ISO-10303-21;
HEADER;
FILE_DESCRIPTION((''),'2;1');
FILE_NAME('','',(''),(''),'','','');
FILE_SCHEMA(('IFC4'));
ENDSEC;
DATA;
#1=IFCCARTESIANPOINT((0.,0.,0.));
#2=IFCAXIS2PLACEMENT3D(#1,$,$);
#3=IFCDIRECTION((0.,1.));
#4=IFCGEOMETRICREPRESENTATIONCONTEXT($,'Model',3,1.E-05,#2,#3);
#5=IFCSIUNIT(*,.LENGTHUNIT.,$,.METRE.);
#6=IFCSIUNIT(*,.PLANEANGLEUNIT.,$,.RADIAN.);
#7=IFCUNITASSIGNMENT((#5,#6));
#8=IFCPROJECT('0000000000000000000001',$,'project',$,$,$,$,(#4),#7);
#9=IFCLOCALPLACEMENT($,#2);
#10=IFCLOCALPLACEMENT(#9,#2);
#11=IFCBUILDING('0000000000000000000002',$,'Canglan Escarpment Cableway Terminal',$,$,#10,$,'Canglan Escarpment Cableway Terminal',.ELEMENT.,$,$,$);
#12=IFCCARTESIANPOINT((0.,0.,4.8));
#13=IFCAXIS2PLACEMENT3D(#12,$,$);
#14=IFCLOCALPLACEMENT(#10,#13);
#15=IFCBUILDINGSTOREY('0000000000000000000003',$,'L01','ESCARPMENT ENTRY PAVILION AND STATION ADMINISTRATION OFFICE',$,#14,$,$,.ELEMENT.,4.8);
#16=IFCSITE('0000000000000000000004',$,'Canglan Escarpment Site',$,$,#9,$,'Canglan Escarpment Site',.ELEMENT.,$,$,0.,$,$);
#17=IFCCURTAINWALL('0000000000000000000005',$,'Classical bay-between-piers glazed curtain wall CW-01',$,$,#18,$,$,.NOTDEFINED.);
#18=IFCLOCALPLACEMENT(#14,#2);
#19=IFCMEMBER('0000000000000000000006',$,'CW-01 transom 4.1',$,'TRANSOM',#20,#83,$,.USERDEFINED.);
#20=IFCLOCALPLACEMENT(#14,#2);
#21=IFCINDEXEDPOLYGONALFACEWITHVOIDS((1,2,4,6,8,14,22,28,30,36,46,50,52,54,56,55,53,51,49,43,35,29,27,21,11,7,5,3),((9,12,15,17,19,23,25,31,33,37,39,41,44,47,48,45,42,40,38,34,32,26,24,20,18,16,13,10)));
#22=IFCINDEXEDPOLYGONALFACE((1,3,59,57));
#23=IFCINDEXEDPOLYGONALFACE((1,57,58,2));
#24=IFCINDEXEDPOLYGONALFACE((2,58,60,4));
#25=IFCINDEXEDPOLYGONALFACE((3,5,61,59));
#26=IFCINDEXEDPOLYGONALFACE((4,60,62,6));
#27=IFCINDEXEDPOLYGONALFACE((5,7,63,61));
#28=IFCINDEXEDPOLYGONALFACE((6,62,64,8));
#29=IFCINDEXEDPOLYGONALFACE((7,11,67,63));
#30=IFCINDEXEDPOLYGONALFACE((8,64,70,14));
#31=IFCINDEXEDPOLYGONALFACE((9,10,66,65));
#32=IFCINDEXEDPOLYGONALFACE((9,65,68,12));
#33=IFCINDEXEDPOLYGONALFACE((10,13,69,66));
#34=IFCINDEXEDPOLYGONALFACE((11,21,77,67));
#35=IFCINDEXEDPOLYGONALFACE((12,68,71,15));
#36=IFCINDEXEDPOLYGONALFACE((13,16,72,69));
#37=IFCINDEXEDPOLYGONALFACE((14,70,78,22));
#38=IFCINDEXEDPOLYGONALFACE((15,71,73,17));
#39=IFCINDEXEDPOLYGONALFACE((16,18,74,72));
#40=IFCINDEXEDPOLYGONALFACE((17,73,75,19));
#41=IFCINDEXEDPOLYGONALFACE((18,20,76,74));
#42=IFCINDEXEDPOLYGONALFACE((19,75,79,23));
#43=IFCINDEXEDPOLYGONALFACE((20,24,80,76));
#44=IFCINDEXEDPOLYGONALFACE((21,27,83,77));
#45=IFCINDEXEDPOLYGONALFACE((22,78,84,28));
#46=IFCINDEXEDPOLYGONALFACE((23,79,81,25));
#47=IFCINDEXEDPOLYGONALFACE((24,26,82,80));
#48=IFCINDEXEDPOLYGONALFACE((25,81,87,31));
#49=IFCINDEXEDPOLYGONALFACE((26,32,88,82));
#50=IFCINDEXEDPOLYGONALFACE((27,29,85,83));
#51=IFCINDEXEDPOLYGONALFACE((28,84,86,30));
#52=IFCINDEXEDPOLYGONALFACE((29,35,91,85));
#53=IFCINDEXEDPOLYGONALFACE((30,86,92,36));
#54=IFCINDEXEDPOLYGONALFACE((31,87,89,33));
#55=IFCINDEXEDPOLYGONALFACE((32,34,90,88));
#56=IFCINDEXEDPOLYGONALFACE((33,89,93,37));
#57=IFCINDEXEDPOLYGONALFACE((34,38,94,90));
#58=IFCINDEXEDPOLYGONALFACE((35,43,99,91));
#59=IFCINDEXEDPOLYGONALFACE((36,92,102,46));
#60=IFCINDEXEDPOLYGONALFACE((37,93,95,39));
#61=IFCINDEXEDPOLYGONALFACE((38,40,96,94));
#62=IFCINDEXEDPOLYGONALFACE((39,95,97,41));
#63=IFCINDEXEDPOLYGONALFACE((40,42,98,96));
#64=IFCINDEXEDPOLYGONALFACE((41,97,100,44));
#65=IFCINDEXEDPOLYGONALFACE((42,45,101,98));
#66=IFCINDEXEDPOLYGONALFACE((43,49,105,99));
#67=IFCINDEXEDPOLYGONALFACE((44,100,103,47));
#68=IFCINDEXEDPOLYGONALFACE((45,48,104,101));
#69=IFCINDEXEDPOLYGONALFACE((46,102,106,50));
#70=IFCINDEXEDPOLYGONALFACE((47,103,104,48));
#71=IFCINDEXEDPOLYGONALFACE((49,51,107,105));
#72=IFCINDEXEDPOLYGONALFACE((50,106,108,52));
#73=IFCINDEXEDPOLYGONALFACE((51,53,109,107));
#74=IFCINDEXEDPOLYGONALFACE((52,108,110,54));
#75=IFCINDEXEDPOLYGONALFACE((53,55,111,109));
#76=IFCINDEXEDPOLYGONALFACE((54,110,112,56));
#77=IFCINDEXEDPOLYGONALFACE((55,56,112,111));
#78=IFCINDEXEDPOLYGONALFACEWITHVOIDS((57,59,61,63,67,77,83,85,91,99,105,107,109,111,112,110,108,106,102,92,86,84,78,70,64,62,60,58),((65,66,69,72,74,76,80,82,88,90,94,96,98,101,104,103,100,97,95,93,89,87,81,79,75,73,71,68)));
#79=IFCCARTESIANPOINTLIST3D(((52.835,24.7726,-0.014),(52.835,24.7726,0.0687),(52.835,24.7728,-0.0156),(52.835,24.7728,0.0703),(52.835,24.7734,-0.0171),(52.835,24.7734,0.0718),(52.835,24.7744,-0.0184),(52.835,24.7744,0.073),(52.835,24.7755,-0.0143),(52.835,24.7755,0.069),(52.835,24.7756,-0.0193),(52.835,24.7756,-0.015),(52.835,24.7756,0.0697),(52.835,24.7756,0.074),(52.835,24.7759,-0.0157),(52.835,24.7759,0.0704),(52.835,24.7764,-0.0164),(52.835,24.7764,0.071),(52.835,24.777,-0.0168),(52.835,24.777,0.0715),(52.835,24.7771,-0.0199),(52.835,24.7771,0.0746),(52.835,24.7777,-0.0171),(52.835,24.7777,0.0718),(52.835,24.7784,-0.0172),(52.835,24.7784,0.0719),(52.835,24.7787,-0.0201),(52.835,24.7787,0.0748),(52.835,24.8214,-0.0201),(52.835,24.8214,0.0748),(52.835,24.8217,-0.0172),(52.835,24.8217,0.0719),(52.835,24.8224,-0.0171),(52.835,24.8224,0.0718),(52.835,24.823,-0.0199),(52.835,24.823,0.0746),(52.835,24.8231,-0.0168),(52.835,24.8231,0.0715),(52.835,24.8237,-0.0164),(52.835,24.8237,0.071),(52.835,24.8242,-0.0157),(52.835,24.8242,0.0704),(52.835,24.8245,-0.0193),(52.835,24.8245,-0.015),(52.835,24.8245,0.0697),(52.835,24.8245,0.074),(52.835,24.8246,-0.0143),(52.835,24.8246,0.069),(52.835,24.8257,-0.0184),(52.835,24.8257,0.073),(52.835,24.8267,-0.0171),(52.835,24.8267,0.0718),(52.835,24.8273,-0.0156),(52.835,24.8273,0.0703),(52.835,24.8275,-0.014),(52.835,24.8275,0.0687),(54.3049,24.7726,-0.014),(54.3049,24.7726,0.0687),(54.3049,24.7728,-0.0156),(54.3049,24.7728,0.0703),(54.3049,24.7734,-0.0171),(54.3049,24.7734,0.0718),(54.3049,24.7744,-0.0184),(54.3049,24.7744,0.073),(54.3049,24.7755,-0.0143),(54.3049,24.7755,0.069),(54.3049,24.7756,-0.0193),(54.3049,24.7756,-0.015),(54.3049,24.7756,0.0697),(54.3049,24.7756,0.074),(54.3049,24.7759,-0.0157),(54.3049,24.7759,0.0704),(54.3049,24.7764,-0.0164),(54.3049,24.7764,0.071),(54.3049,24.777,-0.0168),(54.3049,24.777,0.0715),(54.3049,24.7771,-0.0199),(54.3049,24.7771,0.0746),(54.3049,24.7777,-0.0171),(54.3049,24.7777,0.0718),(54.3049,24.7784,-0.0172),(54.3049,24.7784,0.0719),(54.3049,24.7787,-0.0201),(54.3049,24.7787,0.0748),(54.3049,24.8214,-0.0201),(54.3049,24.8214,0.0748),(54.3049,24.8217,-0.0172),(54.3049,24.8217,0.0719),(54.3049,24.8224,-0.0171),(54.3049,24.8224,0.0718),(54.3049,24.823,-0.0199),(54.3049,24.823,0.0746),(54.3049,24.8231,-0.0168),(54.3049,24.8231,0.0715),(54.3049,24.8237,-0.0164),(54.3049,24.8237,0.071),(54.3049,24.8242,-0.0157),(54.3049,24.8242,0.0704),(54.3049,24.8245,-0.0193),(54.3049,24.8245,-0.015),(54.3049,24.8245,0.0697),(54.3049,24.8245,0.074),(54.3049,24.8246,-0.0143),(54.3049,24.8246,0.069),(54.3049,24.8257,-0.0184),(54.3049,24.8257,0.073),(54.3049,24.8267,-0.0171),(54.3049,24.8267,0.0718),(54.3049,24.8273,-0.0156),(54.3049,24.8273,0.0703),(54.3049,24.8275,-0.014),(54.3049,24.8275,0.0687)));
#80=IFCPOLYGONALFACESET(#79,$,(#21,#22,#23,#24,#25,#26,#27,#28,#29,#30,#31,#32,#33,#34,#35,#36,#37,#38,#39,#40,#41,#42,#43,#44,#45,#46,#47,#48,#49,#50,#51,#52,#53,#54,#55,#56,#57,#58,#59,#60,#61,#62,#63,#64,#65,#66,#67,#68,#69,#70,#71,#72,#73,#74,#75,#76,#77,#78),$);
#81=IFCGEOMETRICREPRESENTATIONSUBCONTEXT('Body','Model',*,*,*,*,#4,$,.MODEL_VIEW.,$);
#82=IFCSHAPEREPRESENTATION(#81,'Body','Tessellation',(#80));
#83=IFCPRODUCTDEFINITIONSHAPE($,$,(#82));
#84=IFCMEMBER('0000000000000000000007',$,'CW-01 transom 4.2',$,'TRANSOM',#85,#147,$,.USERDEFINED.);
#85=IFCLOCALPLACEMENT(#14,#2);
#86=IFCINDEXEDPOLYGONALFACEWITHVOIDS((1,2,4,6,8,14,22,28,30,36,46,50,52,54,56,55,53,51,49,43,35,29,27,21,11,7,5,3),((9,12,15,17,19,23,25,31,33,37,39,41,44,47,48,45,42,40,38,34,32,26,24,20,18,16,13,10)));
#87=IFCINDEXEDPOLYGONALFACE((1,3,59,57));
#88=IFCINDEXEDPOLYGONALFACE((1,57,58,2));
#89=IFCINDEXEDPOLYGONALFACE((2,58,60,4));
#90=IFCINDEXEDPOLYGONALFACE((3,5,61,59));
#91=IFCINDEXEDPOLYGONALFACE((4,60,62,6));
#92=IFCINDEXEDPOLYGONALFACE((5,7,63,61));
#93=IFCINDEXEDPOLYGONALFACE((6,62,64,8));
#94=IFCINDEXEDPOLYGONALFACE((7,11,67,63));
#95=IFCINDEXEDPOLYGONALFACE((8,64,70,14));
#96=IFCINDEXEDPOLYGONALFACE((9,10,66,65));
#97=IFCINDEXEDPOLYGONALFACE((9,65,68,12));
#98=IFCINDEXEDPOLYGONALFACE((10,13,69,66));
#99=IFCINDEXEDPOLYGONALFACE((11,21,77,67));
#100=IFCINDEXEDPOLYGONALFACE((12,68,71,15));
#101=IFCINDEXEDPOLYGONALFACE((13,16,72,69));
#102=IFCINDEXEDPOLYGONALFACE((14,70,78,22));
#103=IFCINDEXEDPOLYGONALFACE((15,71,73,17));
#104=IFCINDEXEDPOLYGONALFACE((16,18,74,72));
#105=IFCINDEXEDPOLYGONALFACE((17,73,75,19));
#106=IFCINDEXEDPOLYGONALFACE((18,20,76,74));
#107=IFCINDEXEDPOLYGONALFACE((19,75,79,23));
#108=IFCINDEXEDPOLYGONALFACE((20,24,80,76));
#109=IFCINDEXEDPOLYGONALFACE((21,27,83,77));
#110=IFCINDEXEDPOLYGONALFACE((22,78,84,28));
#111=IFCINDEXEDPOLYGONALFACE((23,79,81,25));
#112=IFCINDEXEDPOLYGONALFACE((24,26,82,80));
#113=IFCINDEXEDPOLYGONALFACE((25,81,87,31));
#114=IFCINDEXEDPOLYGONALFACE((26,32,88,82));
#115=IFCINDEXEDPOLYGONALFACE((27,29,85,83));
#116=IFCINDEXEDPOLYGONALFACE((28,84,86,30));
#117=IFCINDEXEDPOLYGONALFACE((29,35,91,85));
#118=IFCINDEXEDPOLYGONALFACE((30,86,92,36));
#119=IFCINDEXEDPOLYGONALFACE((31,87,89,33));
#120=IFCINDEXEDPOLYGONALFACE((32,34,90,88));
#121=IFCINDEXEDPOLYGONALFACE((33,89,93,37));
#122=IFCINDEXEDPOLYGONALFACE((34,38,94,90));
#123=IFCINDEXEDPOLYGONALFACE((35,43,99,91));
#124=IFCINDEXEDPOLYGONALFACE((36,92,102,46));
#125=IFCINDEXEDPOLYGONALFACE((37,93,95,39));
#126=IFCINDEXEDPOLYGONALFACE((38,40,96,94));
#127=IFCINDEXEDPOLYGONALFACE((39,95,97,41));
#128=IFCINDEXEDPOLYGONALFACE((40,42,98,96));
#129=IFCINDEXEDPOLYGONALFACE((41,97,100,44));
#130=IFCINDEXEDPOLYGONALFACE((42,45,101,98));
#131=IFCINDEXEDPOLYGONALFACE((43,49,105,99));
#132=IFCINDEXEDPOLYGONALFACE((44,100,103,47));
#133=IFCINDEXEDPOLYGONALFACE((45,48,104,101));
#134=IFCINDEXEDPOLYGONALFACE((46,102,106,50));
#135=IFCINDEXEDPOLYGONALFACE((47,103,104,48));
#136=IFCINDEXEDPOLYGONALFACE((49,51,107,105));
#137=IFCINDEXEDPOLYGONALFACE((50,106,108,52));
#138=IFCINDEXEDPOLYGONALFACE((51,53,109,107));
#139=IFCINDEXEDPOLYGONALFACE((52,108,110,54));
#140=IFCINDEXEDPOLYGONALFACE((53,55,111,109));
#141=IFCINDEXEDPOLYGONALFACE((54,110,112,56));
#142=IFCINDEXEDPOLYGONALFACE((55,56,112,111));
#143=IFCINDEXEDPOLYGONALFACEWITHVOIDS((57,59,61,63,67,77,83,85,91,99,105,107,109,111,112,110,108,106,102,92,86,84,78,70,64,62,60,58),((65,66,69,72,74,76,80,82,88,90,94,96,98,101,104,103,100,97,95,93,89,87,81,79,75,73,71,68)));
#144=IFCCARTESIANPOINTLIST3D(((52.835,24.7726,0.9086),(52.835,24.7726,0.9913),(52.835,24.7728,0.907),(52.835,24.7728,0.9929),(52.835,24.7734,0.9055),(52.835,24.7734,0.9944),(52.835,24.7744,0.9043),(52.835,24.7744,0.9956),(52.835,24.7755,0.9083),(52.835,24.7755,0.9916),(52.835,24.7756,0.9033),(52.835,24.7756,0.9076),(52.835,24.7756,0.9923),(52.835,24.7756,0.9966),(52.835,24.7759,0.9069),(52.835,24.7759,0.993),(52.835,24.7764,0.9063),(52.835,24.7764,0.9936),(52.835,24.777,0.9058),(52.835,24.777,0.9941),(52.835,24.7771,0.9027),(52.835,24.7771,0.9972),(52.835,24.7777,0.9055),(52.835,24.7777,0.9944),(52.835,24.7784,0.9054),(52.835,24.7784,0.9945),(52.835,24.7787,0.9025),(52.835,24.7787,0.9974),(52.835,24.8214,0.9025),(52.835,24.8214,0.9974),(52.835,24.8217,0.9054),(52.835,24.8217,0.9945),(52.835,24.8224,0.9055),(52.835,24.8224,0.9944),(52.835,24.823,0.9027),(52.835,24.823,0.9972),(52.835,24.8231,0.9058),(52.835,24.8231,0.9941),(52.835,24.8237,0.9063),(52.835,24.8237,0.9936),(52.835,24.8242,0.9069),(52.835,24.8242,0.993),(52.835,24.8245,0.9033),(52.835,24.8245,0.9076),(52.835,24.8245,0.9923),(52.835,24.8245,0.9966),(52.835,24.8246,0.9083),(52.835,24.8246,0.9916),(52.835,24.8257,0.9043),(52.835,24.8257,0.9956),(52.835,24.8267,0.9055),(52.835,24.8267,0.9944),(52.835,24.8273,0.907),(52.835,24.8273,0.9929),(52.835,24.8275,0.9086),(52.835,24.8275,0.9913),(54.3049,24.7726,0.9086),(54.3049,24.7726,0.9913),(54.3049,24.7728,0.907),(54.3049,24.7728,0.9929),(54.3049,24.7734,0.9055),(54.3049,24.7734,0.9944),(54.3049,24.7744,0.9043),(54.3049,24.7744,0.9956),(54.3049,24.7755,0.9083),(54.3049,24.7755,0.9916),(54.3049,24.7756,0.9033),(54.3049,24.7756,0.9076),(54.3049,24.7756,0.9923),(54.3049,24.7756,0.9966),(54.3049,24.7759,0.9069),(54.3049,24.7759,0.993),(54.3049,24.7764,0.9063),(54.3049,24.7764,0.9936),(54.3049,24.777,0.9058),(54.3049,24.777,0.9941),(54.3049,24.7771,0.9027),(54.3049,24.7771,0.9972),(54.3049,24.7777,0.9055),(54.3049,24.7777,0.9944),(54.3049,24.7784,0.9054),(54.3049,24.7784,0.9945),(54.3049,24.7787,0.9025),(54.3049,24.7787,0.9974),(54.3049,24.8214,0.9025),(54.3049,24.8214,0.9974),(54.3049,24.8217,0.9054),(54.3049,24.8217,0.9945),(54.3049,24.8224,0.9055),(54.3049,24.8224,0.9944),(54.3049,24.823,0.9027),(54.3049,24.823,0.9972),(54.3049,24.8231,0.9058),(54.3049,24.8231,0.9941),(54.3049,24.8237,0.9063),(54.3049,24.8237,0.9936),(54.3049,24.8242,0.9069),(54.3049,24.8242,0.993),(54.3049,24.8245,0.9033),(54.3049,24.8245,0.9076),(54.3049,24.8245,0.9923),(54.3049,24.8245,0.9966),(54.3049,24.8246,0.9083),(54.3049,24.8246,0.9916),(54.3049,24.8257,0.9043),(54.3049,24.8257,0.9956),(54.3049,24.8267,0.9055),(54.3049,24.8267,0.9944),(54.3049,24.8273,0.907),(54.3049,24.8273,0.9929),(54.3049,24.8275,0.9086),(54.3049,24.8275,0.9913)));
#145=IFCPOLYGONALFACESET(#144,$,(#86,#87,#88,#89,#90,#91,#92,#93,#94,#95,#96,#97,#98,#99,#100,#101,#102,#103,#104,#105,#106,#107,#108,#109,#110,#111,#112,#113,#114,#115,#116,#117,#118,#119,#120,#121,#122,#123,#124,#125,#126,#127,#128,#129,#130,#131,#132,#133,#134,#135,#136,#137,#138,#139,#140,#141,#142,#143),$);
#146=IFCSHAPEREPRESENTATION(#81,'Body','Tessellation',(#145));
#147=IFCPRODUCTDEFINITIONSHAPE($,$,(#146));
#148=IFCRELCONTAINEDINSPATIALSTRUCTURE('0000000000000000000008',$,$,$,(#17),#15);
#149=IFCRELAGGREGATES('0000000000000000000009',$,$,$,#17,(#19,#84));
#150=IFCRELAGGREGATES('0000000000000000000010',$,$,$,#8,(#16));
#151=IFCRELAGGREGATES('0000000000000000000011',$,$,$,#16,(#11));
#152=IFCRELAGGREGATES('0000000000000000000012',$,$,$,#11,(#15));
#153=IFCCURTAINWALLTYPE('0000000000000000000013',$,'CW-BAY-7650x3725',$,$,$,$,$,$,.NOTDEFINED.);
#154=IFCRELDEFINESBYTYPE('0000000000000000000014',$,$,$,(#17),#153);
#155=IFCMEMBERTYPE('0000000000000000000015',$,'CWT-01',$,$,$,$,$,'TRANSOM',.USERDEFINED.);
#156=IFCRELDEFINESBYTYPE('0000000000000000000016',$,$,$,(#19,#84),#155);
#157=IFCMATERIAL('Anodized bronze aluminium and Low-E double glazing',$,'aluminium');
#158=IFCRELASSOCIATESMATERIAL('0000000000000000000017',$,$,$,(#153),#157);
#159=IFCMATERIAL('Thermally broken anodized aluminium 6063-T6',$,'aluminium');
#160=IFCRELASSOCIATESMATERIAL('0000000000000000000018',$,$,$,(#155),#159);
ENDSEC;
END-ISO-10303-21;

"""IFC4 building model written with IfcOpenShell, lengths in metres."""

from ifc_helpers import new_model, si_unit, direction, frame, origin, origin_2d, place, context, subcontext, project, spatial, hollow_rectangle, extrude, material, material_profile, profile_set, type_object, element, aggregate, save


model = new_model("IFC4")

# Units and contexts
model_context = context("Model", 3, precision=1e-05, world=origin(), true_north=direction((0.0, 1.0)))
body_context = subcontext(model_context, "Body", "Model", "MODEL_VIEW")
ifc_project = project(units=[si_unit("LENGTHUNIT", "METRE"), si_unit("PLANEANGLEUNIT", "RADIAN")], contexts=[model_context])

# Site, building, storey
site_placement = place(None, origin())
site = spatial("IfcSite", under=ifc_project, at=site_placement, Name="Canglan Escarpment Site", LongName="Canglan Escarpment Site", CompositionType="ELEMENT", RefElevation=0.0)
building_placement = place(site_placement, origin())
building = spatial("IfcBuilding", under=site, at=building_placement, Name="Canglan Escarpment Cableway Terminal", LongName="Canglan Escarpment Cableway Terminal", CompositionType="ELEMENT")
storey_placement = place(building_placement, frame((0.0, 0.0, 4.8)))
storey = spatial("IfcBuildingStorey", under=building, at=storey_placement, Name="L01", Description="ESCARPMENT ENTRY PAVILION AND STATION ADMINISTRATION OFFICE", CompositionType="ELEMENT", Elevation=4.8)

# Curtain wall, members
ifc_material_1 = material(Name="Anodized bronze aluminium and Low-E double glazing", Category="aluminium")
curtain_wall_type = type_object("IfcCurtainWallType", Name="CW-BAY-7650x3725", PredefinedType="NOTDEFINED", material=ifc_material_1)
curtain_wall_placement = place(storey_placement, origin())
curtain_wall = element("IfcCurtainWall", 1, at=curtain_wall_placement, inside=storey, type_object=curtain_wall_type, Name="Classical bay-between-piers glazed curtain wall CW-01", PredefinedType="NOTDEFINED")
ifc_material_2 = material(Name="Thermally broken anodized aluminium 6063-T6", Category="aluminium")
ifc_material_profile_1 = material_profile(ifc_material_2, hollow_rectangle(XDim=0.0549, YDim=0.095, WallThickness=0.0029, InnerFilletRadius=0.0029, OuterFilletRadius=0.0061, at=origin_2d()), Name="ALU-TRAN 55x95x3")
ifc_profile_set_1 = profile_set([ifc_material_profile_1], Name="Thermally broken anodized aluminium 6063-T6")
member_type_1 = type_object("IfcMemberType", Name="CWT-01", ElementType="TRANSOM", PredefinedType="USERDEFINED", material=ifc_profile_set_1)
member_1_placement = place(storey_placement, frame((54.3049, 24.8, 0.0273), z_axis=(-1.0, 0.0, 0.0), x_axis=(0.0, -1.0, 0.0)))
member_1 = element("IfcMember", 2, at=member_1_placement, type_object=member_type_1, Name="CW-01 transom 4.1", ObjectType="TRANSOM", PredefinedType="USERDEFINED", context=body_context, shape_type="SweptSolid", body=[
    extrude(hollow_rectangle(XDim=0.0549, YDim=0.095, WallThickness=0.0029, InnerFilletRadius=0.0029, OuterFilletRadius=0.0061, at=origin_2d()), origin(), (0.0, 0.0, 1.0), 1.47),
])
member_2_placement = place(storey_placement, frame((54.3049, 24.8, 0.95), z_axis=(-1.0, 0.0, 0.0), x_axis=(0.0, -1.0, 0.0)))
member_2 = element("IfcMember", 3, at=member_2_placement, type_object=member_type_1, Name="CW-01 transom 4.2", ObjectType="TRANSOM", PredefinedType="USERDEFINED", context=body_context, shape_type="SweptSolid", body=[
    extrude(hollow_rectangle(XDim=0.0549, YDim=0.095, WallThickness=0.0029, InnerFilletRadius=0.0029, OuterFilletRadius=0.0061, at=origin_2d()), origin(), (0.0, 0.0, 1.0), 1.47),
])
aggregate(curtain_wall, [member_1, member_2])

save(model, "model.ifc")
